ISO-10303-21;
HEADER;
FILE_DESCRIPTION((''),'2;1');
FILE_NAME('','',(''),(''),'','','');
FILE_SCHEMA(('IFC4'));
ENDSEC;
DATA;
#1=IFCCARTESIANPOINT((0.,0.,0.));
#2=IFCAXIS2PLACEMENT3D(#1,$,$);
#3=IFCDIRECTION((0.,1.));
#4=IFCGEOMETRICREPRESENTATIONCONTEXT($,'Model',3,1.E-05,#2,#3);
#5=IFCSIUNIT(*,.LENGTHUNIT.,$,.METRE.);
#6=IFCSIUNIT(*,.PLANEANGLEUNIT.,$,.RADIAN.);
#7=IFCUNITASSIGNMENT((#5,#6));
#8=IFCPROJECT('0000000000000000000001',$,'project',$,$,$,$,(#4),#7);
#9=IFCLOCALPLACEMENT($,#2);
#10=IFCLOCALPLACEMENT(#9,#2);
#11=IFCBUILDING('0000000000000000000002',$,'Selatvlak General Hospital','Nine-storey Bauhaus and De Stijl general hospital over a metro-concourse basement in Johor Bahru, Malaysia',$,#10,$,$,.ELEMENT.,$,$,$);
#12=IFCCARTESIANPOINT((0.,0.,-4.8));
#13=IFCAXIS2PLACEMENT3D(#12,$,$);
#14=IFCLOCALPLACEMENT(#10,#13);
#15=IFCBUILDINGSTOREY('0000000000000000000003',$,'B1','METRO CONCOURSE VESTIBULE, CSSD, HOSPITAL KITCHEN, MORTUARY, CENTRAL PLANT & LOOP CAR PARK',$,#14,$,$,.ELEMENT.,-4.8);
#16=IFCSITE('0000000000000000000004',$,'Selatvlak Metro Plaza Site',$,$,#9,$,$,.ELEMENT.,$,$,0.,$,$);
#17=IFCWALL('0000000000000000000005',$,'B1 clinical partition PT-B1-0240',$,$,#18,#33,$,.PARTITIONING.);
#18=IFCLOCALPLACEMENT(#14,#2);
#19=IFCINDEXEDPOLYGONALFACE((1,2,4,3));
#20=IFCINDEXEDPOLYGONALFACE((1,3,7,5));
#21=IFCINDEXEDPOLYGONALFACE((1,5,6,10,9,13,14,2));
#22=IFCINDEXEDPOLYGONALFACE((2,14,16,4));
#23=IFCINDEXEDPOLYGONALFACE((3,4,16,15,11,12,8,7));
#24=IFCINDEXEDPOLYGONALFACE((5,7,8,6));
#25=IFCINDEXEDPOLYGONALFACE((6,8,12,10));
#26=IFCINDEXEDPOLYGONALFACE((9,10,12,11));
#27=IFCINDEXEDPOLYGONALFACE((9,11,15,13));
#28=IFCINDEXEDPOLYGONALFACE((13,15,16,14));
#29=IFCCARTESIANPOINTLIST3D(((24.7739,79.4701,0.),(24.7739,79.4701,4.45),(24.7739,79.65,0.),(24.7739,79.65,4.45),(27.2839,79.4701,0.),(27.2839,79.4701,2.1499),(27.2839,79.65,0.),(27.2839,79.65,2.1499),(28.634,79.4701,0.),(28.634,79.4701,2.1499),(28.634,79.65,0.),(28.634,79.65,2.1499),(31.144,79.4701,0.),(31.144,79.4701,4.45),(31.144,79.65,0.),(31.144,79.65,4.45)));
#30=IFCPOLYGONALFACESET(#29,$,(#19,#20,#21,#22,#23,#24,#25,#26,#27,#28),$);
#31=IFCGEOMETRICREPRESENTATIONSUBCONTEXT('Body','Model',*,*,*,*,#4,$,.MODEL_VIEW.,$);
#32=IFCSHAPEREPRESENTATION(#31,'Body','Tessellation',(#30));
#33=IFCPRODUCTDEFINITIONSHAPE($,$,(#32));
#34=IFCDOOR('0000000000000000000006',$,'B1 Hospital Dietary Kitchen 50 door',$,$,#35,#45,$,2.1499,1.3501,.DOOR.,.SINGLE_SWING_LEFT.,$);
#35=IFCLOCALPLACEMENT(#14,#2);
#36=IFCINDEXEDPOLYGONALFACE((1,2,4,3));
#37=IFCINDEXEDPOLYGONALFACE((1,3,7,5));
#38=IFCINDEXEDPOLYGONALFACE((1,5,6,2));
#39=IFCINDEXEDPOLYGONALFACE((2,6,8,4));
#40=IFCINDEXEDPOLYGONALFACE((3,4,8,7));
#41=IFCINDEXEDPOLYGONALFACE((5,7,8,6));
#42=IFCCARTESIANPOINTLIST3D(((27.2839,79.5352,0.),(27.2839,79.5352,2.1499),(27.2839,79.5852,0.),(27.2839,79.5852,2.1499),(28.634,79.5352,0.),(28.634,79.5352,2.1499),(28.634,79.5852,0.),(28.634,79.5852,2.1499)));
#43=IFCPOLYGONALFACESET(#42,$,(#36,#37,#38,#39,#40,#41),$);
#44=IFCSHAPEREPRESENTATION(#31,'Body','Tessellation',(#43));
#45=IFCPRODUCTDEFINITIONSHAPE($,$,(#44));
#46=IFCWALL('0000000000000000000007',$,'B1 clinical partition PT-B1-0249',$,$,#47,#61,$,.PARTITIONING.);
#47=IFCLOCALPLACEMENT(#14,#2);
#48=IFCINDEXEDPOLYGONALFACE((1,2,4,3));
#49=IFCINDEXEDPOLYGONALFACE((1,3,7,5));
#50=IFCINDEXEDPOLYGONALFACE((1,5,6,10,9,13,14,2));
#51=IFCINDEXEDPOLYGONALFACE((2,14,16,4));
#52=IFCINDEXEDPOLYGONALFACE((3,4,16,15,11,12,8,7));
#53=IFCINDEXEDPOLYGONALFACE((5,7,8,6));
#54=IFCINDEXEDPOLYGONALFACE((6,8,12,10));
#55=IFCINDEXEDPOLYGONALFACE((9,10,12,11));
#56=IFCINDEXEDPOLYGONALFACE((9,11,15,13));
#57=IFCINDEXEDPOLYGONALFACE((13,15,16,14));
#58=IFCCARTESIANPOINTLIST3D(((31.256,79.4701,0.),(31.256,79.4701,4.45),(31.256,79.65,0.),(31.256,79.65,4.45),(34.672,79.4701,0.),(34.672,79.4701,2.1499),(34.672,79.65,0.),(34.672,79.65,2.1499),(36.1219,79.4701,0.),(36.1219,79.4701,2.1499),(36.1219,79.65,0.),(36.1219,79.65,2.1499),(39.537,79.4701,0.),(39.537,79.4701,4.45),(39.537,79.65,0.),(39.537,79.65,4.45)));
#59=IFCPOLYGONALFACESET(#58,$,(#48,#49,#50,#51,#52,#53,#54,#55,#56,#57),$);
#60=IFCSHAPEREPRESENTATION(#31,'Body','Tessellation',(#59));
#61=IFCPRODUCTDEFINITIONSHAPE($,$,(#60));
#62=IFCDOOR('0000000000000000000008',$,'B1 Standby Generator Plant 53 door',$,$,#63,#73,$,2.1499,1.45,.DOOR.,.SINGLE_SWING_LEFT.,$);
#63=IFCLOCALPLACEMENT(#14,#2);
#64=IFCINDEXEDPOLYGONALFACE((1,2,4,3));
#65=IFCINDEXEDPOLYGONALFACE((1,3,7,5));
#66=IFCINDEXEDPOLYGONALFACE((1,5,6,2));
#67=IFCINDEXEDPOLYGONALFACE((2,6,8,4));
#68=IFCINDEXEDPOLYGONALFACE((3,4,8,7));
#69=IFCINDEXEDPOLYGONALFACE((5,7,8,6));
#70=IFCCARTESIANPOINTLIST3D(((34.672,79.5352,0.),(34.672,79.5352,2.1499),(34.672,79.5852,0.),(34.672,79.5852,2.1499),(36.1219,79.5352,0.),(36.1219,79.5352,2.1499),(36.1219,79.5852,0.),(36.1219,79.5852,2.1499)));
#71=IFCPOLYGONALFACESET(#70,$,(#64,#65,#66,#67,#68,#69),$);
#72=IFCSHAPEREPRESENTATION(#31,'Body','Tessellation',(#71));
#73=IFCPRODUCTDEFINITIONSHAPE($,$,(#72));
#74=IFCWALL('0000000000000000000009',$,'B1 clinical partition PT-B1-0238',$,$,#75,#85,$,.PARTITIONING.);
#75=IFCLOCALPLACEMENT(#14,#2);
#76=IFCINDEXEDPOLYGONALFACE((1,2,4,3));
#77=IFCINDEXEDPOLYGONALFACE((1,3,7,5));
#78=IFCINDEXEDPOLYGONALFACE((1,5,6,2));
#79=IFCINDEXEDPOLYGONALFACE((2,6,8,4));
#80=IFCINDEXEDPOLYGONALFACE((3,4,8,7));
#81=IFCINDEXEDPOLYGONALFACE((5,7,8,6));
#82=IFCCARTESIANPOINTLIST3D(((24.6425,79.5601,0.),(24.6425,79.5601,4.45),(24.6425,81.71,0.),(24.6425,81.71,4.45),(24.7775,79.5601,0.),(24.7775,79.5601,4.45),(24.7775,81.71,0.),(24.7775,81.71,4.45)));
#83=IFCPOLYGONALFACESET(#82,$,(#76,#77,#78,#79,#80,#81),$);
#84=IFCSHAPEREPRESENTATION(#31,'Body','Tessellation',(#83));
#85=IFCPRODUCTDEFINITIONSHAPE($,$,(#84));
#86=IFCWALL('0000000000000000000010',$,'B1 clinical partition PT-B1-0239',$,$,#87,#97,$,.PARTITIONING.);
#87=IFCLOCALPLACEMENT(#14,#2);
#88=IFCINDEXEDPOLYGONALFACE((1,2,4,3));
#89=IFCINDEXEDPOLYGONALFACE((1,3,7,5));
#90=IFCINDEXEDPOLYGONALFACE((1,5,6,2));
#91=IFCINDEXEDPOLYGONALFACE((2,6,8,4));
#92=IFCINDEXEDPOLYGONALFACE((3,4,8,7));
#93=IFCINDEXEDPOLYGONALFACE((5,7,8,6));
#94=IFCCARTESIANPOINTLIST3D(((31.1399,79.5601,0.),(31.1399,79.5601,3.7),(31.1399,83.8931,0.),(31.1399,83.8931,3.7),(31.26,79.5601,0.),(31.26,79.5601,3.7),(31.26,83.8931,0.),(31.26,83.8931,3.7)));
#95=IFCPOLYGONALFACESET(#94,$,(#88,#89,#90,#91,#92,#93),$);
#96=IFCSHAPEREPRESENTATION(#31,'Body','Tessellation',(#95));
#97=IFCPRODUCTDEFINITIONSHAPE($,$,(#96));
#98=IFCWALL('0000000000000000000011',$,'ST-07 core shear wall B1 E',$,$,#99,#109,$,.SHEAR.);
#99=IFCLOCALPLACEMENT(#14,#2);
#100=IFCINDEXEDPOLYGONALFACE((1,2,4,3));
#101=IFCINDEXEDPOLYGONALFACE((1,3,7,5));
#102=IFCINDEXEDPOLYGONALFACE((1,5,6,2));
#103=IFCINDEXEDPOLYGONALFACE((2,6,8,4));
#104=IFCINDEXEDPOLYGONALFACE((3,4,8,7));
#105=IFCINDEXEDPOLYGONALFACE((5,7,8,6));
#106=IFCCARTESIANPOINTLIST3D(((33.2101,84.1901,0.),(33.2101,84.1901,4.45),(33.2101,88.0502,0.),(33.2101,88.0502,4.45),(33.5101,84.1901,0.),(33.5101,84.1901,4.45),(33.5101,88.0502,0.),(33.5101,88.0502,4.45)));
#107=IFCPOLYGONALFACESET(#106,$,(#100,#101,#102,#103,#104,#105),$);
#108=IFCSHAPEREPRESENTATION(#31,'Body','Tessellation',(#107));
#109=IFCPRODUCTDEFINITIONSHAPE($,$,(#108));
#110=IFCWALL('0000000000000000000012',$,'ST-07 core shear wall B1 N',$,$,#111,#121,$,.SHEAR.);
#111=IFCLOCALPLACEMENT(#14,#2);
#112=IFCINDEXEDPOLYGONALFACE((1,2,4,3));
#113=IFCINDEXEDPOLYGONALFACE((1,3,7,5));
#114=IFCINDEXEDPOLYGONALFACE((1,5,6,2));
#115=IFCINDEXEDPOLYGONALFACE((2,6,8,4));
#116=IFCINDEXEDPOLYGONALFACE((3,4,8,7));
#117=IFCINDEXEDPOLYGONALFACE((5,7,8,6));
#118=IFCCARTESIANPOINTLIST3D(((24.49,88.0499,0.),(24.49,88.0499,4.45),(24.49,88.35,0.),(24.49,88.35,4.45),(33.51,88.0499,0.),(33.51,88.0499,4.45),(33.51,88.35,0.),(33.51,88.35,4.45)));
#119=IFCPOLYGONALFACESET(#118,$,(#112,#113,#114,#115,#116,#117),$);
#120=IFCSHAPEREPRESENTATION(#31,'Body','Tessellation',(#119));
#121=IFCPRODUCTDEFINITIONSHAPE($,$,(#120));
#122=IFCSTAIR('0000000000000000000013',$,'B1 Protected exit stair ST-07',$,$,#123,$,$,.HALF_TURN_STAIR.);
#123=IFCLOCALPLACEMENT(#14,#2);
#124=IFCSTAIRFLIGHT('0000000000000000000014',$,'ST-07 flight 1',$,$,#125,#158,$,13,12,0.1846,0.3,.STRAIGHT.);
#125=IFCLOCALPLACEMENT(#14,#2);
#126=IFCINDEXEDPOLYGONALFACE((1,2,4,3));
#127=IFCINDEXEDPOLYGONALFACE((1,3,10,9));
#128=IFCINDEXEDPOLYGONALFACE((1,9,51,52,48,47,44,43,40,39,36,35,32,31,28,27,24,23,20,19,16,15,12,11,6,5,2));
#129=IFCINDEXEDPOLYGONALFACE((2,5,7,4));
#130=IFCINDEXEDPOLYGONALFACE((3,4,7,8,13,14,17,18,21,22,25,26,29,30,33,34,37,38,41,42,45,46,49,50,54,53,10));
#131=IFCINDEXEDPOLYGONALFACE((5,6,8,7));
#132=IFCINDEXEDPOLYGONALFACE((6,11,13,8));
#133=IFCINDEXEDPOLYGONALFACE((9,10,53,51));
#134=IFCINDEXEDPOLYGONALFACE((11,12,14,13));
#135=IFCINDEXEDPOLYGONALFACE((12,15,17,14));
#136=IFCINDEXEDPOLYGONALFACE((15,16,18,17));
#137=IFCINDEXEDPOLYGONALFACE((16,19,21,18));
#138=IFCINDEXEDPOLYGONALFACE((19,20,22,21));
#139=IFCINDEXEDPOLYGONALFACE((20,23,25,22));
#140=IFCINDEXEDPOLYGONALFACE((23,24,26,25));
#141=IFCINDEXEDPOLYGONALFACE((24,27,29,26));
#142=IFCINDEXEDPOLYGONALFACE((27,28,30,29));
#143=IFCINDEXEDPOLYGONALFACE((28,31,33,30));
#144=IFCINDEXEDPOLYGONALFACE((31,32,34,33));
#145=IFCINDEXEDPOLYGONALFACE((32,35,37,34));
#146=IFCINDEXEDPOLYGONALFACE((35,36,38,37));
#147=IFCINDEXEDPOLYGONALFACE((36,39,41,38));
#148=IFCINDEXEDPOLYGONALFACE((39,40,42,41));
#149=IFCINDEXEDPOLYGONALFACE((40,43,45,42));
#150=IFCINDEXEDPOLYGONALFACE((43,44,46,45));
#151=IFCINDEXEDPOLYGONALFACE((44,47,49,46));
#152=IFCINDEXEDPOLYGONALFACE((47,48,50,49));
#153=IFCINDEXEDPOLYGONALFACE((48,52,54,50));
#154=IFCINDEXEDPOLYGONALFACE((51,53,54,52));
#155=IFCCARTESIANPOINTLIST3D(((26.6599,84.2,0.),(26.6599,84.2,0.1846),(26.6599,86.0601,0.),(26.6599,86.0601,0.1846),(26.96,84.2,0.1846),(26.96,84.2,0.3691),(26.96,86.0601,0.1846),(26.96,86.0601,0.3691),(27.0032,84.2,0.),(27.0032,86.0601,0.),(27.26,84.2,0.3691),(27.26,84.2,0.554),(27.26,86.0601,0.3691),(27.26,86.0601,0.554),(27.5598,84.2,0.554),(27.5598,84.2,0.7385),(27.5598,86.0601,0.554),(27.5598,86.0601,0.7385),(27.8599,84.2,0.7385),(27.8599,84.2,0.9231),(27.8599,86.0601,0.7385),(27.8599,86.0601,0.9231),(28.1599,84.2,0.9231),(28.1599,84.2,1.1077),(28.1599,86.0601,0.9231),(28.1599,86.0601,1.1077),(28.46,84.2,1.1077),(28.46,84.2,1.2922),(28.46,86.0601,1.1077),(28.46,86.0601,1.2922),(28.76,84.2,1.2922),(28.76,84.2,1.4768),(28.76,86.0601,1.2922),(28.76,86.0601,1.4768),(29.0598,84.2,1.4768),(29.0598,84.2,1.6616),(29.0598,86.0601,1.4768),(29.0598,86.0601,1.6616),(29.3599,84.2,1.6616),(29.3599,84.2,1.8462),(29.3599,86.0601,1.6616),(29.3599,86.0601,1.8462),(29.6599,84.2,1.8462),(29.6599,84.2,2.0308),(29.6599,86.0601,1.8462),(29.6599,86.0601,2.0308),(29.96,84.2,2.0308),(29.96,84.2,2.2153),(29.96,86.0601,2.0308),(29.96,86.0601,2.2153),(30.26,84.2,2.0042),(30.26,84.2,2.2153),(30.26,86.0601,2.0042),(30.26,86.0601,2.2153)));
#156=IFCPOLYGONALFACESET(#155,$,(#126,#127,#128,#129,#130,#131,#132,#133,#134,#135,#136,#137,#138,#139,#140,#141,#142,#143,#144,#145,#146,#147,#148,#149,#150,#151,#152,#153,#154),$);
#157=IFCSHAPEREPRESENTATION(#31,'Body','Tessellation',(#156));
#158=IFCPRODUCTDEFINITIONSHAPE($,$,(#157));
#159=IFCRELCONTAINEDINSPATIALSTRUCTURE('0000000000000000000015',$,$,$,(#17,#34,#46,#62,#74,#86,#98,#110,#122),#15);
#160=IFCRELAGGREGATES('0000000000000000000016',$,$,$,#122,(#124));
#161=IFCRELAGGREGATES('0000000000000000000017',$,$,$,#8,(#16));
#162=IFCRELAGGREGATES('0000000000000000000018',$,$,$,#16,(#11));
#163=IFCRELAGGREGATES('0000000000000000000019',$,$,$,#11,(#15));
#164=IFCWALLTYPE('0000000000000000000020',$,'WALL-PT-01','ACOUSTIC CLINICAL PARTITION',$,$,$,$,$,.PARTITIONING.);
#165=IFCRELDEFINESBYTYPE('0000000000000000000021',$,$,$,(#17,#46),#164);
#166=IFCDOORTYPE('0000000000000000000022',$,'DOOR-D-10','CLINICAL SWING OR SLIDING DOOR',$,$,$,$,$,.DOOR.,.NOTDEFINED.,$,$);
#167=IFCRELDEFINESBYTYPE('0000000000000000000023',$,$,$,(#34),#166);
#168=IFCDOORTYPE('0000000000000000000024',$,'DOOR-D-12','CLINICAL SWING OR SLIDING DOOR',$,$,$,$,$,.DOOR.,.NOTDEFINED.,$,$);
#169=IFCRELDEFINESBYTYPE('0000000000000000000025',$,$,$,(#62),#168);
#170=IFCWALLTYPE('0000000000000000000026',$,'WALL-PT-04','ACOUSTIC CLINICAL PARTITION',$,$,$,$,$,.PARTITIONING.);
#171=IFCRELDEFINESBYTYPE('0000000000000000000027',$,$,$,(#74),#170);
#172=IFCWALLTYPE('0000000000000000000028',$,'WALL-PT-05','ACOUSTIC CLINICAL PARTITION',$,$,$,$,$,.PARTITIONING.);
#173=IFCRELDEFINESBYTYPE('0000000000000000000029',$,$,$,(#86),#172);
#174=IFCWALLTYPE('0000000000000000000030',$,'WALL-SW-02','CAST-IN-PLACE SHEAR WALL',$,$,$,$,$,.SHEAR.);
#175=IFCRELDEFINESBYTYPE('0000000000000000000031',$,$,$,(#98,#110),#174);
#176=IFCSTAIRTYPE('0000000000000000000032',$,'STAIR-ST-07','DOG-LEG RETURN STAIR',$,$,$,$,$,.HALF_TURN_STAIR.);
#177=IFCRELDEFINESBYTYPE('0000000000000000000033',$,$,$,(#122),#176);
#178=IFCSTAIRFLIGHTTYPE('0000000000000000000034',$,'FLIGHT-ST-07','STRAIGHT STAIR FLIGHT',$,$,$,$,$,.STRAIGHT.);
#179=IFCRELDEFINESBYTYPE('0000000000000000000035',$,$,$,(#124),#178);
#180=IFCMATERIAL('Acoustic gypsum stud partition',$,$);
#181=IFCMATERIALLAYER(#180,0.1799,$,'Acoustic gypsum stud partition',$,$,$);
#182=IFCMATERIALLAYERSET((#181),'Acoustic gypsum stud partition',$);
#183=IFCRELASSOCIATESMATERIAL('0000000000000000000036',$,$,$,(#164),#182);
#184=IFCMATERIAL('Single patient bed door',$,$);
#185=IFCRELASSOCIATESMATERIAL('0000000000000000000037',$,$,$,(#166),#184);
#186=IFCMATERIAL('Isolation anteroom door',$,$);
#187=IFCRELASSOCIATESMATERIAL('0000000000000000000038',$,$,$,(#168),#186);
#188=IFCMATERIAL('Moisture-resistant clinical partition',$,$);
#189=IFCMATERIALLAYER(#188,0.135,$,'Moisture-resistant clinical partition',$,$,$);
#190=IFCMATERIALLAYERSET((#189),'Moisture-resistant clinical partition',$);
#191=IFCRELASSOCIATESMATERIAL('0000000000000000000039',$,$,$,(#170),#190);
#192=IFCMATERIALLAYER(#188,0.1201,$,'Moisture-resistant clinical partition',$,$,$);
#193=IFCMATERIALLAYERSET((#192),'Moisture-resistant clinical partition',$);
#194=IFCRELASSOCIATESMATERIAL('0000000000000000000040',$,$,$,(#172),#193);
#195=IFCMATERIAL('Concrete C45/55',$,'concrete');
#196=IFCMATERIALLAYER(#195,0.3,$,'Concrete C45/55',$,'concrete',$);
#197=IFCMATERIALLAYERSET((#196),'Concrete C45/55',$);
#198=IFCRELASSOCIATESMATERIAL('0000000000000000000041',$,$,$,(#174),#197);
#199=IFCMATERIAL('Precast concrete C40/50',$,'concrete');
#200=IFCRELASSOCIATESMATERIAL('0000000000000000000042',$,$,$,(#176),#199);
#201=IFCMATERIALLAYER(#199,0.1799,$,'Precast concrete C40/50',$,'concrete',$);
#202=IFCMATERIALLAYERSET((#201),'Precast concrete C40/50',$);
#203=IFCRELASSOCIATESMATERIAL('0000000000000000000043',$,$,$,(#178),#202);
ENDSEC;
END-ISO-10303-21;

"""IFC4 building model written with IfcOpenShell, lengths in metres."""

from ifc_helpers import new_model, si_unit, direction, frame, frame_2d, origin, place, context, subcontext, project, spatial, polyline, rectangle, outline, extrude, material, layer, layer_set, type_object, element, fill, aggregate, save


model = new_model("IFC4")

# Units and contexts
model_context = context("Model", 3, precision=1e-05, world=origin(), true_north=direction((0.0, 1.0)))
body_context = subcontext(model_context, "Body", "Model", "MODEL_VIEW")
ifc_project = project(units=[si_unit("LENGTHUNIT", "METRE"), si_unit("PLANEANGLEUNIT", "RADIAN")], contexts=[model_context])

# Site, building, storey
site_placement = place(None, origin())
site = spatial("IfcSite", under=ifc_project, at=site_placement, Name="Selatvlak Metro Plaza Site", CompositionType="ELEMENT", RefElevation=0.0)
building_placement = place(site_placement, origin())
building = spatial("IfcBuilding", under=site, at=building_placement, Name="Selatvlak General Hospital", Description="Nine-storey Bauhaus and De Stijl general hospital over a metro-concourse basement in Johor Bahru, Malaysia", CompositionType="ELEMENT")
storey_placement = place(building_placement, frame((0.0, 0.0, -4.8)))
storey = spatial("IfcBuildingStorey", under=building, at=storey_placement, Name="B1", Description="METRO CONCOURSE VESTIBULE, CSSD, HOSPITAL KITCHEN, MORTUARY, CENTRAL PLANT & LOOP CAR PARK", CompositionType="ELEMENT", Elevation=-4.8)

# Walls, openings, doors
ifc_material_1 = material(Name="Acoustic gypsum stud partition")
ifc_layer_1 = layer(ifc_material_1, 0.1799, Name="Acoustic gypsum stud partition")
ifc_layer_set_1 = layer_set([ifc_layer_1], Name="Acoustic gypsum stud partition")
wall_type_1 = type_object("IfcWallType", Name="WALL-PT-01", Description="ACOUSTIC CLINICAL PARTITION", PredefinedType="PARTITIONING", material=ifc_layer_set_1)
wall_1_placement = place(storey_placement, frame((31.144, 79.5601, 0.0), z_axis=(0.0, 0.0, 1.0), x_axis=(-1.0, 0.0, 0.0)))
wall_1 = element("IfcWall", 1, at=wall_1_placement, inside=storey, type_object=wall_type_1, Name="B1 clinical partition PT-B1-0240", PredefinedType="PARTITIONING", context=body_context, shape_type="SweptSolid", body=[
    extrude(rectangle(XDim=6.3701, YDim=0.1799, at=frame_2d((3.1851, 0.0))), origin(), (0.0, 0.0, 1.0), 4.45),
])
opening_1_placement = place(wall_1_placement, frame((2.51, 0.0, 0.0)))
opening_1 = element("IfcOpeningElement", 2, at=opening_1_placement, cuts=wall_1, PredefinedType="OPENING", context=body_context, shape_type="SweptSolid", body=[
    extrude(rectangle(XDim=1.3501, YDim=2.1499, at=frame_2d((0.675, 1.075))), frame((0.0, 0.0999, 0.0), z_axis=(0.0, -1.0, 0.0), x_axis=(1.0, 0.0, 0.0)), (0.0, 0.0, 1.0), 0.2),
])
ifc_material_2 = material(Name="Single patient bed door")
door_type_1 = type_object("IfcDoorType", Name="DOOR-D-10", Description="CLINICAL SWING OR SLIDING DOOR", OperationType="NOTDEFINED", PredefinedType="DOOR", material=ifc_material_2)
door_1_placement = place(opening_1_placement, origin())
door_1 = element("IfcDoor", 3, at=door_1_placement, inside=storey, type_object=door_type_1, Name="B1 Hospital Dietary Kitchen 50 door", OperationType="SINGLE_SWING_LEFT", OverallHeight=2.1499, OverallWidth=1.3501, PredefinedType="DOOR", context=body_context, shape_type="SweptSolid", body=[
    extrude(rectangle(XDim=1.3501, YDim=2.1499, at=frame_2d((0.675, 1.075))), frame((0.0, 0.0249, 0.0), z_axis=(0.0, -1.0, 0.0), x_axis=(1.0, 0.0, 0.0)), (0.0, 0.0, 1.0), 0.05),
])
fill(opening_1, door_1)
wall_2_placement = place(storey_placement, frame((39.5371, 79.5601, 0.0), z_axis=(0.0, 0.0, 1.0), x_axis=(-1.0, 0.0, 0.0)))
wall_2 = element("IfcWall", 4, at=wall_2_placement, inside=storey, type_object=wall_type_1, Name="B1 clinical partition PT-B1-0249", PredefinedType="PARTITIONING", context=body_context, shape_type="SweptSolid", body=[
    extrude(rectangle(XDim=8.281, YDim=0.1799, at=frame_2d((4.1406, 0.0))), origin(), (0.0, 0.0, 1.0), 4.45),
])
opening_2_placement = place(wall_2_placement, frame((3.415, 0.0, 0.0)))
opening_2 = element("IfcOpeningElement", 5, at=opening_2_placement, cuts=wall_2, PredefinedType="OPENING", context=body_context, shape_type="SweptSolid", body=[
    extrude(rectangle(XDim=1.45, YDim=2.1499, at=frame_2d((0.7251, 1.075))), frame((0.0, 0.0999, 0.0), z_axis=(0.0, -1.0, 0.0), x_axis=(1.0, 0.0, 0.0)), (0.0, 0.0, 1.0), 0.2),
])
ifc_material_3 = material(Name="Isolation anteroom door")
door_type_2 = type_object("IfcDoorType", Name="DOOR-D-12", Description="CLINICAL SWING OR SLIDING DOOR", OperationType="NOTDEFINED", PredefinedType="DOOR", material=ifc_material_3)
door_2_placement = place(opening_2_placement, origin())
door_2 = element("IfcDoor", 6, at=door_2_placement, inside=storey, type_object=door_type_2, Name="B1 Standby Generator Plant 53 door", OperationType="SINGLE_SWING_LEFT", OverallHeight=2.1499, OverallWidth=1.45, PredefinedType="DOOR", context=body_context, shape_type="SweptSolid", body=[
    extrude(rectangle(XDim=1.45, YDim=2.1499, at=frame_2d((0.7251, 1.075))), frame((0.0, 0.0249, 0.0), z_axis=(0.0, -1.0, 0.0), x_axis=(1.0, 0.0, 0.0)), (0.0, 0.0, 1.0), 0.05),
])
fill(opening_2, door_2)

# Walls
ifc_material_4 = material(Name="Moisture-resistant clinical partition")
ifc_layer_2 = layer(ifc_material_4, 0.135, Name="Moisture-resistant clinical partition")
ifc_layer_set_2 = layer_set([ifc_layer_2], Name="Moisture-resistant clinical partition")
wall_type_2 = type_object("IfcWallType", Name="WALL-PT-04", Description="ACOUSTIC CLINICAL PARTITION", PredefinedType="PARTITIONING", material=ifc_layer_set_2)
wall_3_placement = place(storey_placement, frame((24.71, 79.5601, 0.0), z_axis=(0.0, 0.0, 1.0), x_axis=(0.0, 1.0, 0.0)))
element("IfcWall", 7, at=wall_3_placement, inside=storey, type_object=wall_type_2, Name="B1 clinical partition PT-B1-0238", PredefinedType="PARTITIONING", context=body_context, shape_type="SweptSolid", body=[
    extrude(rectangle(XDim=2.1499, YDim=0.135, at=frame_2d((1.075, 0.0))), origin(), (0.0, 0.0, 1.0), 4.45),
])
ifc_layer_3 = layer(ifc_material_4, 0.1201, Name="Moisture-resistant clinical partition")
ifc_layer_set_3 = layer_set([ifc_layer_3], Name="Moisture-resistant clinical partition")
wall_type_3 = type_object("IfcWallType", Name="WALL-PT-05", Description="ACOUSTIC CLINICAL PARTITION", PredefinedType="PARTITIONING", material=ifc_layer_set_3)
wall_4_placement = place(storey_placement, frame((31.2, 83.8931, 0.0), z_axis=(0.0, 0.0, 1.0), x_axis=(0.0, -1.0, 0.0)))
element("IfcWall", 8, at=wall_4_placement, inside=storey, type_object=wall_type_3, Name="B1 clinical partition PT-B1-0239", PredefinedType="PARTITIONING", context=body_context, shape_type="SweptSolid", body=[
    extrude(rectangle(XDim=4.333, YDim=0.1201, at=frame_2d((2.1665, 0.0))), origin(), (0.0, 0.0, 1.0), 3.7),
])
ifc_material_5 = material(Name="Concrete C45/55", Category="concrete")
ifc_layer_4 = layer(ifc_material_5, 0.3, Name="Concrete C45/55", Category="concrete")
ifc_layer_set_4 = layer_set([ifc_layer_4], Name="Concrete C45/55")
wall_type_4 = type_object("IfcWallType", Name="WALL-SW-02", Description="CAST-IN-PLACE SHEAR WALL", PredefinedType="SHEAR", material=ifc_layer_set_4)
wall_5_placement = place(storey_placement, frame((33.3601, 84.1899, 0.0), z_axis=(0.0, 0.0, 1.0), x_axis=(0.0, 1.0, 0.0)))
element("IfcWall", 9, at=wall_5_placement, inside=storey, type_object=wall_type_4, Name="ST-07 core shear wall B1 E", PredefinedType="SHEAR", context=body_context, shape_type="SweptSolid", body=[
    extrude(rectangle(XDim=3.8601, YDim=0.3, at=frame_2d((1.9302, 0.0))), origin(), (0.0, 0.0, 1.0), 4.45),
])
wall_6_placement = place(storey_placement, frame((33.51, 88.2, 0.0), z_axis=(0.0, 0.0, 1.0), x_axis=(-1.0, 0.0, 0.0)))
element("IfcWall", 10, at=wall_6_placement, inside=storey, type_object=wall_type_4, Name="ST-07 core shear wall B1 N", PredefinedType="SHEAR", context=body_context, shape_type="SweptSolid", body=[
    extrude(rectangle(XDim=9.02, YDim=0.3, at=frame_2d((4.51, 0.0))), origin(), (0.0, 0.0, 1.0), 4.45),
])

# Stair, stair flight
ifc_material_6 = material(Name="Precast concrete C40/50", Category="concrete")
stair_type = type_object("IfcStairType", Name="STAIR-ST-07", Description="DOG-LEG RETURN STAIR", PredefinedType="HALF_TURN_STAIR", material=ifc_material_6)
stair_placement = place(storey_placement, origin())
stair = element("IfcStair", 11, at=stair_placement, inside=storey, type_object=stair_type, Name="B1 Protected exit stair ST-07", PredefinedType="HALF_TURN_STAIR")
ifc_layer_5 = layer(ifc_material_6, 0.1799, Name="Precast concrete C40/50", Category="concrete")
ifc_layer_set_5 = layer_set([ifc_layer_5], Name="Precast concrete C40/50")
stair_flight_type = type_object("IfcStairFlightType", Name="FLIGHT-ST-07", Description="STRAIGHT STAIR FLIGHT", PredefinedType="STRAIGHT", material=ifc_layer_set_5)
stair_flight_1_placement = place(storey_placement, frame((26.6599, 85.1299, 0.0), z_axis=(0.0, 0.0, 1.0), x_axis=(1.0, 0.0, 0.0)))
stair_flight_1 = element("IfcStairFlight", 12, at=stair_flight_1_placement, type_object=stair_flight_type, Name="ST-07 flight 1", NumberOfRisers=13, NumberOfTreads=12, PredefinedType="STRAIGHT", RiserHeight=0.1846, TreadLength=0.3, context=body_context, shape_type="SweptSolid", body=[
    extrude(outline(polyline([(0.0, 0.0), (0.0, 0.1846), (0.3, 0.1846), (0.3, 0.3691), (0.6001, 0.3691), (0.6001, 0.554), (0.8999, 0.554), (0.8999, 0.7385), (1.2, 0.7385), (1.2, 0.9231), (1.5, 0.9231), (1.5, 1.1077), (1.8, 1.1077), (1.8, 1.2922), (2.1001, 1.2922), (2.1001, 1.4768), (2.3999, 1.4768), (2.3999, 1.6616), (2.7, 1.6616), (2.7, 1.8462), (3.0, 1.8462), (3.0, 2.0308), (3.3, 2.0308), (3.3, 2.2153), (3.6001, 2.2153), (3.6001, 2.3999), (3.6001, 2.0042), (0.3433, 0.0), (0.0, 0.0)])), frame((0.0, 0.9302, 0.0), z_axis=(0.0, -1.0, 0.0), x_axis=(1.0, 0.0, 0.0)), (0.0, 0.0, 1.0), 1.8601),
])
aggregate(stair, [stair_flight_1])

save(model, "model.ifc")
